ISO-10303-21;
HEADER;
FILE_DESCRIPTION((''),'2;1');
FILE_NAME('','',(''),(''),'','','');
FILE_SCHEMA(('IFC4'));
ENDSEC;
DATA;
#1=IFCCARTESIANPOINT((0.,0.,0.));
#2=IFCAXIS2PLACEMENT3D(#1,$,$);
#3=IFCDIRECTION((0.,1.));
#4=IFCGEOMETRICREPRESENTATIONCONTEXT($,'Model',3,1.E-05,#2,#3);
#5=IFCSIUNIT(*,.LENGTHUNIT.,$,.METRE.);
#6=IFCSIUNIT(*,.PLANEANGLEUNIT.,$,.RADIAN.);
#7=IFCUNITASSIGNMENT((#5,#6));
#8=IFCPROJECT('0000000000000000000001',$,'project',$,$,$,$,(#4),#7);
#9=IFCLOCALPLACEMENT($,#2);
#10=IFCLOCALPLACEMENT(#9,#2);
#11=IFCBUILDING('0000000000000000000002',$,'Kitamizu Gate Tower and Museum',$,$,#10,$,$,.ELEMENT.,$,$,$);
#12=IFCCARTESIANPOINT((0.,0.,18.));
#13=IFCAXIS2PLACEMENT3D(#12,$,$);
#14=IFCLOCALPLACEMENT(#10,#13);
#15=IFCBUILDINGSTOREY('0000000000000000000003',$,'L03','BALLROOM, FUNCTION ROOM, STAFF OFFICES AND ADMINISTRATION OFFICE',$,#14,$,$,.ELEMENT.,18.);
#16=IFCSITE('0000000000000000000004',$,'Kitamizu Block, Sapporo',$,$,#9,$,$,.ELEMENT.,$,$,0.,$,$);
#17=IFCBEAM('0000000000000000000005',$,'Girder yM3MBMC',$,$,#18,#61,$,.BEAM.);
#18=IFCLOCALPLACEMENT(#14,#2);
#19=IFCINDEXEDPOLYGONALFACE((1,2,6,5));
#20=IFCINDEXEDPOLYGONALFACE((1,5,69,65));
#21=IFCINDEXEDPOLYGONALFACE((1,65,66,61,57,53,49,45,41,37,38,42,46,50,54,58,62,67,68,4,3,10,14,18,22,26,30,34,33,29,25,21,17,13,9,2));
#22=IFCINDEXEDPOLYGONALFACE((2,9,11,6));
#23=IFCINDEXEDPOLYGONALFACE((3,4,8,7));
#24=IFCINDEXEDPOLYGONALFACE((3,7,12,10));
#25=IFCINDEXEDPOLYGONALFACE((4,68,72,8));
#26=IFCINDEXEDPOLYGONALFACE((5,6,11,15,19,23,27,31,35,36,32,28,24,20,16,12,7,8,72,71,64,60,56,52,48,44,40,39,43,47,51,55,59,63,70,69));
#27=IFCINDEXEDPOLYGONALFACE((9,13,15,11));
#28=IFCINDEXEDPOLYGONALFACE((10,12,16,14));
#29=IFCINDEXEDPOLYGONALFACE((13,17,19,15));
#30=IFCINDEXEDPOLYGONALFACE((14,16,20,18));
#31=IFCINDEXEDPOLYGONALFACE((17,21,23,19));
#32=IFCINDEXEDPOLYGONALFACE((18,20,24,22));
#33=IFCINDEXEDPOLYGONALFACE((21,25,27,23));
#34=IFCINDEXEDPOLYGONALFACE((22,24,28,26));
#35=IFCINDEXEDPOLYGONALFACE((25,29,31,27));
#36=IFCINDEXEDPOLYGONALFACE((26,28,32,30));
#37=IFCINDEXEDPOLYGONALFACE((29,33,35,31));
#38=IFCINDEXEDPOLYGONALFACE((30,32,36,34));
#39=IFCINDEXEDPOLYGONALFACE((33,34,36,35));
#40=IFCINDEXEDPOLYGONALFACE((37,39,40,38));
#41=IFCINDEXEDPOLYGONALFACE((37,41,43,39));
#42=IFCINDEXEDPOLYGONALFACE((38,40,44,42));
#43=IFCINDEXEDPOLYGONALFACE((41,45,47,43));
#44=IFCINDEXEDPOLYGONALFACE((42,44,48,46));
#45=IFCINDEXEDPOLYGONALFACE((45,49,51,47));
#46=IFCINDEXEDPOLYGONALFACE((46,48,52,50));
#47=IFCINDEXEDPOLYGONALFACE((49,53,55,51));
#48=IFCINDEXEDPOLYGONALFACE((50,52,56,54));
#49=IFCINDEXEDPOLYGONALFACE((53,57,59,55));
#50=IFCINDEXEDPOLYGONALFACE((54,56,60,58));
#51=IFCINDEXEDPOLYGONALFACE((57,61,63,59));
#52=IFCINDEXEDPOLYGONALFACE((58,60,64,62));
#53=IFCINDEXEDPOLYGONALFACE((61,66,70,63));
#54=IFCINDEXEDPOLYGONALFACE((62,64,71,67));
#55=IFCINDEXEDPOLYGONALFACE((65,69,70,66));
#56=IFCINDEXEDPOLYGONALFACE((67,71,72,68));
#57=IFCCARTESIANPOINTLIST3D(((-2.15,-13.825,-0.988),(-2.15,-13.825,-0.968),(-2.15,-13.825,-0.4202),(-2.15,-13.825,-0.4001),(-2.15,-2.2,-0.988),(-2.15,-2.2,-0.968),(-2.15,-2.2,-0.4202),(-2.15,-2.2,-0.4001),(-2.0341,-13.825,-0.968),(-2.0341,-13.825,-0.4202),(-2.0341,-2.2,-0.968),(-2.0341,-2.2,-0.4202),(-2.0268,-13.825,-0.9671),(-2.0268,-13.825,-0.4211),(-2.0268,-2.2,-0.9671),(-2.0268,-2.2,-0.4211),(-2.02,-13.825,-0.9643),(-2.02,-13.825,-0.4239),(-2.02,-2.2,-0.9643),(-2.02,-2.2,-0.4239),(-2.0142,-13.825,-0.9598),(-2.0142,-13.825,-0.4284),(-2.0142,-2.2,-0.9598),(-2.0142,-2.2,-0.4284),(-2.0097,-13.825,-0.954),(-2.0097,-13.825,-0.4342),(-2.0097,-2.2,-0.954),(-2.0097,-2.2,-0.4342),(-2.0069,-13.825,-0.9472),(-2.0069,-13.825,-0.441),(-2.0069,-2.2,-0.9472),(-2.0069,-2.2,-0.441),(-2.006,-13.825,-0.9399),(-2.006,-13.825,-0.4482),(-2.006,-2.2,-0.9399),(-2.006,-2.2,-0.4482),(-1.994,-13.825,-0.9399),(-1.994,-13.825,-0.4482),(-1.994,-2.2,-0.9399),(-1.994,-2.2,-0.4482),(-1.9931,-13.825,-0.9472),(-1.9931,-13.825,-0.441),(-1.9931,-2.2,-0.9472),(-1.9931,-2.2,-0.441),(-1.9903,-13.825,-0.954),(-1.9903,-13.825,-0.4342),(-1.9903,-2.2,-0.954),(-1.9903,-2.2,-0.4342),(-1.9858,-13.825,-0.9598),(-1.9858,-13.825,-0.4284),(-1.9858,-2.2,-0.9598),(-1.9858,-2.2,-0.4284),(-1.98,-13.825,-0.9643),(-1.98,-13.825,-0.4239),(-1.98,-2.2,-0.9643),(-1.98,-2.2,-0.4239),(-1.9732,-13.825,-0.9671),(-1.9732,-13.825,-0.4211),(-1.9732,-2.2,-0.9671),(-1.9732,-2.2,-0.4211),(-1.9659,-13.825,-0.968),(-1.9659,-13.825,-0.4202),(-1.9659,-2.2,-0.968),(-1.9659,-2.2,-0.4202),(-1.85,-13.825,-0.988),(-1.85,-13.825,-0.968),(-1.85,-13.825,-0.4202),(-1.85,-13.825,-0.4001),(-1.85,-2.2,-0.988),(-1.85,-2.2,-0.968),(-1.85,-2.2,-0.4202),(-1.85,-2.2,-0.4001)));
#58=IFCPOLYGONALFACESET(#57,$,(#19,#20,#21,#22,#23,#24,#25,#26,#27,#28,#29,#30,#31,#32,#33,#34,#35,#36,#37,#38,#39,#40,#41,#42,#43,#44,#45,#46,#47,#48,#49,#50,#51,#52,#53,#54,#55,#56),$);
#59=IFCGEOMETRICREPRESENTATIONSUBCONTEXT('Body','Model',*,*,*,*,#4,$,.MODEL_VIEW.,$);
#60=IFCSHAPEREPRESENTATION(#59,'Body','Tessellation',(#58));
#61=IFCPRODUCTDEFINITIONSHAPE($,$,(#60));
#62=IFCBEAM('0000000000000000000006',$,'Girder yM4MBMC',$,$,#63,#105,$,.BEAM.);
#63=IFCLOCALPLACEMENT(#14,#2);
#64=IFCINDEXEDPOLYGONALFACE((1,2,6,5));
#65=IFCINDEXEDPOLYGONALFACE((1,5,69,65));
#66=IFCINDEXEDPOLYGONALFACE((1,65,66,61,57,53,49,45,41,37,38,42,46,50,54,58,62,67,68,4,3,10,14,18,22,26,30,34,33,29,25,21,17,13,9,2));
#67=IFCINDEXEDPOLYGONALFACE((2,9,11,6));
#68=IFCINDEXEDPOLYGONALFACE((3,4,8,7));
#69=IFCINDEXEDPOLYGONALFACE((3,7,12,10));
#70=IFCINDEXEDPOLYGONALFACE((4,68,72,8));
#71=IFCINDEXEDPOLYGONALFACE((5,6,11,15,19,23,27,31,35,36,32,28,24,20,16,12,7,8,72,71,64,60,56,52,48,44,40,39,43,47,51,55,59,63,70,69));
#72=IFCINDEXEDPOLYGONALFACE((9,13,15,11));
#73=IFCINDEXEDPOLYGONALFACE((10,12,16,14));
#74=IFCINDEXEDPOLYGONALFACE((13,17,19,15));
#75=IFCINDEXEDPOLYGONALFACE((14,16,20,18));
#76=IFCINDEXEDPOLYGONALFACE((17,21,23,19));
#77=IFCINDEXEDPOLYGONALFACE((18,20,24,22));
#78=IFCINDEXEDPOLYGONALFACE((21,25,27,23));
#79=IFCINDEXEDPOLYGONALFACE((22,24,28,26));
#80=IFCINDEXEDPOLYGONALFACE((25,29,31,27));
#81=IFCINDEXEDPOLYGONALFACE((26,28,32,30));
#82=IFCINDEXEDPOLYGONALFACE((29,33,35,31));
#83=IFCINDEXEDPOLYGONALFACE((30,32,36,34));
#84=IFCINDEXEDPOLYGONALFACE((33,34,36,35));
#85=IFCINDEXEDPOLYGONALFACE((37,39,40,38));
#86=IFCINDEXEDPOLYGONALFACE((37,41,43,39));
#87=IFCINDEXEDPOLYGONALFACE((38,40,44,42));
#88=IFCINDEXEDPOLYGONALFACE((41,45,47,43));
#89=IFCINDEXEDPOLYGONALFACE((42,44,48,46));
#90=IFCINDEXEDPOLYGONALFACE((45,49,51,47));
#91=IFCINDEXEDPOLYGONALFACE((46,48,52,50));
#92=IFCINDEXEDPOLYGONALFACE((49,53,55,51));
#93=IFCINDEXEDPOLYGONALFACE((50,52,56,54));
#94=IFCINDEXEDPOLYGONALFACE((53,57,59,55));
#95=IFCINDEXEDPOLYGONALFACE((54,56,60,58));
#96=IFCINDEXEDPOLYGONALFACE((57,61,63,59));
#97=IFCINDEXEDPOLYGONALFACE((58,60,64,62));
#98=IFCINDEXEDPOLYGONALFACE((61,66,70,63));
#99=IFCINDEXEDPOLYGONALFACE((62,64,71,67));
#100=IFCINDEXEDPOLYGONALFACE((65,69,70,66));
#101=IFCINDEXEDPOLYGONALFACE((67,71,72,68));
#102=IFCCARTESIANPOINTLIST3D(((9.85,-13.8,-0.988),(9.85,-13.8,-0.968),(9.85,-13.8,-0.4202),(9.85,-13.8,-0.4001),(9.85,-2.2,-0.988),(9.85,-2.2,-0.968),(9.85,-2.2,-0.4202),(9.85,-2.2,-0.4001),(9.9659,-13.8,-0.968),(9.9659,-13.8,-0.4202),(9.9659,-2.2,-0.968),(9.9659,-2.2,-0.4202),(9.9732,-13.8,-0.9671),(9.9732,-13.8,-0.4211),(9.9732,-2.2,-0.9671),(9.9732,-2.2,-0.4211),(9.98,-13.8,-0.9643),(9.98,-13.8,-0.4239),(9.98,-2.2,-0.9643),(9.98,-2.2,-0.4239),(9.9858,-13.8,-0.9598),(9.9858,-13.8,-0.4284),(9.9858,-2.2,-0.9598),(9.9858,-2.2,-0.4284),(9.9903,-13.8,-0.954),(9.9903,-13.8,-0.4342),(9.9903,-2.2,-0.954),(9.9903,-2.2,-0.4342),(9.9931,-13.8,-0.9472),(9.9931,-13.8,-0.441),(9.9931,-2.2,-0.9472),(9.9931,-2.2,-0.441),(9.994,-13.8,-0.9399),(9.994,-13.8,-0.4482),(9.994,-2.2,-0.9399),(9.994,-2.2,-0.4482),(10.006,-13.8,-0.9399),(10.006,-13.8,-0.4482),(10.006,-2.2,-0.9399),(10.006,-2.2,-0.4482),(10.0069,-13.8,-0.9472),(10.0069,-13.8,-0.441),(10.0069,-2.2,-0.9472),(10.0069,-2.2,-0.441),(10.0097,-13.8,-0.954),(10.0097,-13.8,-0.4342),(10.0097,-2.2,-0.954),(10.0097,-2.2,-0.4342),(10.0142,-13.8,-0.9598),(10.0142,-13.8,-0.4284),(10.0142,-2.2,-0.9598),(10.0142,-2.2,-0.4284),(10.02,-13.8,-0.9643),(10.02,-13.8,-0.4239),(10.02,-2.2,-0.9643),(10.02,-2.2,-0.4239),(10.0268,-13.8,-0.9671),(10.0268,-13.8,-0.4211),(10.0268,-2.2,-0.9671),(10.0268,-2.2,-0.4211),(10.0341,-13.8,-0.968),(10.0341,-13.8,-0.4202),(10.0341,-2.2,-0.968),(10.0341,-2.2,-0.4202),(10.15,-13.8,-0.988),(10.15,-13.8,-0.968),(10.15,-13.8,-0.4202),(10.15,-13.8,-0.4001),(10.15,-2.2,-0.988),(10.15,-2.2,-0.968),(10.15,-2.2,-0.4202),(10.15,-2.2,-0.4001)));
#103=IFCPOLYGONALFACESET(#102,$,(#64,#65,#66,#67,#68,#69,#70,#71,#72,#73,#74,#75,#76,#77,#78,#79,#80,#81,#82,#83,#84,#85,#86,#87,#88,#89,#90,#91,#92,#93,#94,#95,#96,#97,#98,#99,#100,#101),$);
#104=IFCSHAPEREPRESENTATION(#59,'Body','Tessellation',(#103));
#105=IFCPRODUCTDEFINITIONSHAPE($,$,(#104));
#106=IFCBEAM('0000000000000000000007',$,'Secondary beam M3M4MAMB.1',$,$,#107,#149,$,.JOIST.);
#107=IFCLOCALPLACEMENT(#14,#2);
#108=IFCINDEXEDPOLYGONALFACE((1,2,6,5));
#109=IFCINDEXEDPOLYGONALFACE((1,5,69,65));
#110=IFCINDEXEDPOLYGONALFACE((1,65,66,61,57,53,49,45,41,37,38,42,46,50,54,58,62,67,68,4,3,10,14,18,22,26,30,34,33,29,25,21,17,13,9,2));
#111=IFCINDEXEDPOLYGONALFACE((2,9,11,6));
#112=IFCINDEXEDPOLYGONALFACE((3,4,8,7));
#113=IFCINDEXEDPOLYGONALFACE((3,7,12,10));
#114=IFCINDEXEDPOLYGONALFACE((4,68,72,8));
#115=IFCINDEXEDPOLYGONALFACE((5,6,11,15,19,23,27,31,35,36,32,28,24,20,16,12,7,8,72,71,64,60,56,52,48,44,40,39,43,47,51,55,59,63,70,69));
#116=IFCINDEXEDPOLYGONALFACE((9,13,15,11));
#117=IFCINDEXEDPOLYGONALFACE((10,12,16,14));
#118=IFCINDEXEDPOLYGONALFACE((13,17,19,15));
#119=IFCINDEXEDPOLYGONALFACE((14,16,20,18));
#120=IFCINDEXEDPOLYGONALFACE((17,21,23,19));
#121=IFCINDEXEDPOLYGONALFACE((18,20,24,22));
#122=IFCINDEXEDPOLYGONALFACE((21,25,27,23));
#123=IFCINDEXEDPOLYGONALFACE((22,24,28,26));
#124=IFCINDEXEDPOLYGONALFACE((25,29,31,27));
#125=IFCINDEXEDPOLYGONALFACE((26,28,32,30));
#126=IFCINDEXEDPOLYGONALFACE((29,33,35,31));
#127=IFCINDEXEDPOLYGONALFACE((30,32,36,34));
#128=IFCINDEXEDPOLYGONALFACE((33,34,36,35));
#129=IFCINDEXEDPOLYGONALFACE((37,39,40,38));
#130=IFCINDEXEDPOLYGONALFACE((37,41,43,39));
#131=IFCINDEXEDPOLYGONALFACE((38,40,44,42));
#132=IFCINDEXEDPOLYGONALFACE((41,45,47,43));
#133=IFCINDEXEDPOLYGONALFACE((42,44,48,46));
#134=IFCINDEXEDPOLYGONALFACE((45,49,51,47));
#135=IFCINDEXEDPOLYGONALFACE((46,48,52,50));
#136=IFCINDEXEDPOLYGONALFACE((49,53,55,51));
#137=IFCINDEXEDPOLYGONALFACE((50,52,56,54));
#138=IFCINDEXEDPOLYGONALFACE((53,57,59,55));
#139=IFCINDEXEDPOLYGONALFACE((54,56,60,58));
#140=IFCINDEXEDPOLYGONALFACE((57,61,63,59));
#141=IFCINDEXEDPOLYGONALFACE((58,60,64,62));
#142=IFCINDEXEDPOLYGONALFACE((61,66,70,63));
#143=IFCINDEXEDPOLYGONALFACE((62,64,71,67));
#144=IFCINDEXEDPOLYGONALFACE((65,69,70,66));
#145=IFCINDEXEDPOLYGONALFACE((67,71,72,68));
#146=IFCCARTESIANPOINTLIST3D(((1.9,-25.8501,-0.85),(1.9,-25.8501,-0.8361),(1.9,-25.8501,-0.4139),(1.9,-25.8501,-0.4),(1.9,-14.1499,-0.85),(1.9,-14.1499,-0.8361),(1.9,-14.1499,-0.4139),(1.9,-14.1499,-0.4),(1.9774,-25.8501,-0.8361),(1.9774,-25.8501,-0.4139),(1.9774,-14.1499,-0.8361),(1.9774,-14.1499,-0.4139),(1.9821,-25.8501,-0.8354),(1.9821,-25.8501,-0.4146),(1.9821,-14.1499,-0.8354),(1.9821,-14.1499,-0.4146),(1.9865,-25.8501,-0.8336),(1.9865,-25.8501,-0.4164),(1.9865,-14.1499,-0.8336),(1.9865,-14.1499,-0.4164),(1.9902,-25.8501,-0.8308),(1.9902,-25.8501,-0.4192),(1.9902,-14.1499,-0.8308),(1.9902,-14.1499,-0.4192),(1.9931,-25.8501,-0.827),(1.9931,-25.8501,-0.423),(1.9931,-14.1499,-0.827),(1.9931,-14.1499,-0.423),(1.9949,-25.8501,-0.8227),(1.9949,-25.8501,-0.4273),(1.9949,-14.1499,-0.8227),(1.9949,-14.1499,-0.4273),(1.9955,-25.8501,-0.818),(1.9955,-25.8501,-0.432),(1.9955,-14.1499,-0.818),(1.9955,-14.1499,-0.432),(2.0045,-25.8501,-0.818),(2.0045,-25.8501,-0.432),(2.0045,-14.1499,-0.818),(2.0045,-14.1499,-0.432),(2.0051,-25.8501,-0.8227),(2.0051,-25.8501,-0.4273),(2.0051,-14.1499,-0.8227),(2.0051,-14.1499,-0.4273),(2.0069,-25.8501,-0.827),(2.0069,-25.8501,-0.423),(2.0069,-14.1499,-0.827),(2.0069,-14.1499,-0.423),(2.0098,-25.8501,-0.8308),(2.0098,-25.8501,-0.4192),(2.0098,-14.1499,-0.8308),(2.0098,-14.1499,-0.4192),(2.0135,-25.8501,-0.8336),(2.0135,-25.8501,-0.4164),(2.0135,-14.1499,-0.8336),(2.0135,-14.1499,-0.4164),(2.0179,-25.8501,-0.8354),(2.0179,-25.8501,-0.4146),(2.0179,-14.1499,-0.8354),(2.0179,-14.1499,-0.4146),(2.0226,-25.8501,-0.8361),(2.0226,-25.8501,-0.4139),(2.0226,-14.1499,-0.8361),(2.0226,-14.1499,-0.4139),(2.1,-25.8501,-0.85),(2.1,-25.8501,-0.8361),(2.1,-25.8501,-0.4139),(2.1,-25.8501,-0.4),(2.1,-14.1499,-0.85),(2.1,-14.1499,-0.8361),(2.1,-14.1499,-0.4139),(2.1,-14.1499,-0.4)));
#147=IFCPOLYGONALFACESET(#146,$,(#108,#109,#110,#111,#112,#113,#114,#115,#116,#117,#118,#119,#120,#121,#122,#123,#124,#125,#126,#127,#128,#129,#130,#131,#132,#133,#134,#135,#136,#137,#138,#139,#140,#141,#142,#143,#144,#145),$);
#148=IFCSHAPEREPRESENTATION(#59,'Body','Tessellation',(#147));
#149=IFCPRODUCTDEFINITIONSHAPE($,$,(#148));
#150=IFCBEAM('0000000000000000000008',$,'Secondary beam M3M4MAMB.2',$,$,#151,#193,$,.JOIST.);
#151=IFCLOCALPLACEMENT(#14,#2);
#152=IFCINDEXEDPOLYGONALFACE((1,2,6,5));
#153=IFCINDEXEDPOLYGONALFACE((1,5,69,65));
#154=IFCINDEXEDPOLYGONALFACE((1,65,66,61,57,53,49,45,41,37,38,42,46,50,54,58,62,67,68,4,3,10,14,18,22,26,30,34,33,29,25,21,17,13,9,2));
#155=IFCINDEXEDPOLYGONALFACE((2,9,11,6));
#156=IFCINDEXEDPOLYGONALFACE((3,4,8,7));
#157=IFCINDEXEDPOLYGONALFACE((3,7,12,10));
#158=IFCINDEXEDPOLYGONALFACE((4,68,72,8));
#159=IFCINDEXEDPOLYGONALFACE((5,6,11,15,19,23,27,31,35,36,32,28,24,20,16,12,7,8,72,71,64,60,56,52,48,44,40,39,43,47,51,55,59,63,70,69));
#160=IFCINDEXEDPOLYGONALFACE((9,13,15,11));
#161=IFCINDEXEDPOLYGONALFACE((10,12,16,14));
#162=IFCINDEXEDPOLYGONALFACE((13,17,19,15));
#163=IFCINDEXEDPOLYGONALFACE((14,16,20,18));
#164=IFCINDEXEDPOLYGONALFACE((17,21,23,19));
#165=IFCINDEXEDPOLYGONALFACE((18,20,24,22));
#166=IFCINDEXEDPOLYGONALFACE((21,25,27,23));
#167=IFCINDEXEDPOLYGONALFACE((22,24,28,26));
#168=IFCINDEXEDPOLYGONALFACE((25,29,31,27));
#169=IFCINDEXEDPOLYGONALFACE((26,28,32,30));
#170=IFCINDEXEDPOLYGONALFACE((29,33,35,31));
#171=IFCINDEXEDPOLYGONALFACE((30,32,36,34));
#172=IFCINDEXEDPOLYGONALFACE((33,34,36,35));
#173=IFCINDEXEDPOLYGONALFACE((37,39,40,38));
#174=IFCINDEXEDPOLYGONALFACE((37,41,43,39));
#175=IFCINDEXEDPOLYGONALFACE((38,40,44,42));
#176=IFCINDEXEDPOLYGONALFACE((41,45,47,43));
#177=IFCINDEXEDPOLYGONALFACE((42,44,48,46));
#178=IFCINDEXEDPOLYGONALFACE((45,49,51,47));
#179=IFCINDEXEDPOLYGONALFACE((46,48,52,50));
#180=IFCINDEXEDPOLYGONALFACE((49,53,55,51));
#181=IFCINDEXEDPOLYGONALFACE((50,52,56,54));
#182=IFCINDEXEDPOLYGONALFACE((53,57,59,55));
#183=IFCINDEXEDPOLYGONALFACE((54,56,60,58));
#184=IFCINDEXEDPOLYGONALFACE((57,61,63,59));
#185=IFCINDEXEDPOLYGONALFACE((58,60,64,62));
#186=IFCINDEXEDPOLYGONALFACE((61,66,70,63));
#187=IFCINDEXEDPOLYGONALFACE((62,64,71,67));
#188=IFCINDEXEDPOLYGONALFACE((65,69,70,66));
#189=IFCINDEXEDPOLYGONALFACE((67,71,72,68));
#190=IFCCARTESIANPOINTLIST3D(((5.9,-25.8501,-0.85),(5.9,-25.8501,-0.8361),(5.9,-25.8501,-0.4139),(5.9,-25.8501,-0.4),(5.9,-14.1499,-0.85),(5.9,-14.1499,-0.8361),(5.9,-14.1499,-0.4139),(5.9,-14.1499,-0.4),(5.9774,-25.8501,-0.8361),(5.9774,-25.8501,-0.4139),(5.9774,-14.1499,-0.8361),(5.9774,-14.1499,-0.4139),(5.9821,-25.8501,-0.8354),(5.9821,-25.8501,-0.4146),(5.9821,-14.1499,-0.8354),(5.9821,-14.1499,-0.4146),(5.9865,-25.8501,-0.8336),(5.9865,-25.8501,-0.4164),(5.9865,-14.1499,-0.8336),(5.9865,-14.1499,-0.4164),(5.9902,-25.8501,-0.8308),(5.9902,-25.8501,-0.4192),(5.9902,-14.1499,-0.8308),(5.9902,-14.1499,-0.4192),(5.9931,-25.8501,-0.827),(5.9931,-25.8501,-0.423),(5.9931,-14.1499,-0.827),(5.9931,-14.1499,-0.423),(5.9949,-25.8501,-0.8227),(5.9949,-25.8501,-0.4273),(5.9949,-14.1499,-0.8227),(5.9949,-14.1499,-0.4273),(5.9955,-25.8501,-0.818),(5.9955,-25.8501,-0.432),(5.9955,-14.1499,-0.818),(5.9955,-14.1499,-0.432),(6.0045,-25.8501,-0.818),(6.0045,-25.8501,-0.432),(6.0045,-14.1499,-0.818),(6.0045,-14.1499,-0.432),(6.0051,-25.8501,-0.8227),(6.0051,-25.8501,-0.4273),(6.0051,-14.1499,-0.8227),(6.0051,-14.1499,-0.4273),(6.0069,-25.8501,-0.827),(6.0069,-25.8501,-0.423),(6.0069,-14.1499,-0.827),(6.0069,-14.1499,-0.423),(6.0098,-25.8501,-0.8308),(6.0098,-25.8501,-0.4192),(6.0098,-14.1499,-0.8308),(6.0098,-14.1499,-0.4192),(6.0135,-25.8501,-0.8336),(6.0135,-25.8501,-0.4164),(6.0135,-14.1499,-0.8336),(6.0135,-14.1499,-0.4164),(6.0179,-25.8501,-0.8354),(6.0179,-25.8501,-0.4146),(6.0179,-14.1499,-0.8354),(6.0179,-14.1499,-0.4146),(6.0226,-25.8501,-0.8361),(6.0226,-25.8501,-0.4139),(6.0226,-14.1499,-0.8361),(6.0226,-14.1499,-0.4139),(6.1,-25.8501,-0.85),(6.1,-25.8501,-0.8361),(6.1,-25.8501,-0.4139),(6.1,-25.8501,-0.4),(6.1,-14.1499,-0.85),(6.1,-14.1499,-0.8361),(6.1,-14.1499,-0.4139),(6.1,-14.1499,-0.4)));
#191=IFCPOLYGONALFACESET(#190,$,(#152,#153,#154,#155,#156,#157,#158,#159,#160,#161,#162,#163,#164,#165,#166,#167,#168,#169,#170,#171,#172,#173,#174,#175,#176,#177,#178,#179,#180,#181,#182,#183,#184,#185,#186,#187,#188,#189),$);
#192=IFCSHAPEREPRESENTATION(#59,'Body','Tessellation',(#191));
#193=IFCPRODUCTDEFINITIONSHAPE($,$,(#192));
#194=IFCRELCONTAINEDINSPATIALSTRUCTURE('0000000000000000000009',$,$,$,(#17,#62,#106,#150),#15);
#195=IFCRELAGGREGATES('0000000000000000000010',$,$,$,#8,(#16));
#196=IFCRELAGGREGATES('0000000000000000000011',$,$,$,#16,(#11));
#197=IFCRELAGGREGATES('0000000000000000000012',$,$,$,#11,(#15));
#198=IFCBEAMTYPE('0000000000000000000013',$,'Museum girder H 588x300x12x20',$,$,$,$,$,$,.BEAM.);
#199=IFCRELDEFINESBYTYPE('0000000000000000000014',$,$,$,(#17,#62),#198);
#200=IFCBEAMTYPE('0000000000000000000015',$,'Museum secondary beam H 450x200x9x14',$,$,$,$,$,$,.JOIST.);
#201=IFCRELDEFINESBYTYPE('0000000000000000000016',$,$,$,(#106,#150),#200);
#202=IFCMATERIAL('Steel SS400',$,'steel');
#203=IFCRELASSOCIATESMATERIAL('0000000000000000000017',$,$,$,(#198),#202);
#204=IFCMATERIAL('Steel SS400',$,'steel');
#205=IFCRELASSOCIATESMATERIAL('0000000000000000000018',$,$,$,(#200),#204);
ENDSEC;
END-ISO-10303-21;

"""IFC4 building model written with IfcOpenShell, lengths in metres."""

from ifc_helpers import new_model, si_unit, direction, frame, origin, origin_2d, place, context, subcontext, project, spatial, i_section, extrude, material, material_profile, profile_set, type_object, element, save


model = new_model("IFC4")

# Units and contexts
model_context = context("Model", 3, precision=1e-05, world=origin(), true_north=direction((0.0, 1.0)))
body_context = subcontext(model_context, "Body", "Model", "MODEL_VIEW")
ifc_project = project(units=[si_unit("LENGTHUNIT", "METRE"), si_unit("PLANEANGLEUNIT", "RADIAN")], contexts=[model_context])

# Site, building, storey
site_placement = place(None, origin())
site = spatial("IfcSite", under=ifc_project, at=site_placement, Name="Kitamizu Block, Sapporo", CompositionType="ELEMENT", RefElevation=0.0)
building_placement = place(site_placement, origin())
building = spatial("IfcBuilding", under=site, at=building_placement, Name="Kitamizu Gate Tower and Museum", CompositionType="ELEMENT")
storey_placement = place(building_placement, frame((0.0, 0.0, 18.0)))
storey = spatial("IfcBuildingStorey", under=building, at=storey_placement, Name="L03", Description="BALLROOM, FUNCTION ROOM, STAFF OFFICES AND ADMINISTRATION OFFICE", CompositionType="ELEMENT", Elevation=18.0)

# Beams
ifc_material_1 = material(Name="Steel SS400", Category="steel")
ifc_material_profile_1 = material_profile(ifc_material_1, i_section(OverallWidth=0.3, OverallDepth=0.5879, WebThickness=0.012, FlangeThickness=0.02, FilletRadius=0.0281, at=origin_2d()), Name="H-588x300x12x20")
ifc_profile_set_1 = profile_set([ifc_material_profile_1], Name="Steel SS400")
beam_type_1 = type_object("IfcBeamType", Name="Museum girder H 588x300x12x20", PredefinedType="BEAM", material=ifc_profile_set_1)
beam_1_placement = place(storey_placement, frame((-2.0, -13.825, -0.6941), z_axis=(0.0, 1.0, 0.0), x_axis=(-1.0, 0.0, 0.0)))
element("IfcBeam", 1, at=beam_1_placement, inside=storey, type_object=beam_type_1, Name="Girder yM3MBMC", PredefinedType="BEAM", context=body_context, shape_type="SweptSolid", body=[
    extrude(i_section(OverallWidth=0.3, OverallDepth=0.5879, WebThickness=0.012, FlangeThickness=0.02, FilletRadius=0.0281, at=origin_2d()), origin(), (0.0, 0.0, 1.0), 11.625),
])
beam_2_placement = place(storey_placement, frame((10.0, -13.8, -0.6941), z_axis=(0.0, 1.0, 0.0), x_axis=(-1.0, 0.0, 0.0)))
element("IfcBeam", 2, at=beam_2_placement, inside=storey, type_object=beam_type_1, Name="Girder yM4MBMC", PredefinedType="BEAM", context=body_context, shape_type="SweptSolid", body=[
    extrude(i_section(OverallWidth=0.3, OverallDepth=0.5879, WebThickness=0.012, FlangeThickness=0.02, FilletRadius=0.0281, at=origin_2d()), origin(), (0.0, 0.0, 1.0), 11.6001),
])
ifc_material_2 = material(Name="Steel SS400", Category="steel")
ifc_material_profile_2 = material_profile(ifc_material_2, i_section(OverallWidth=0.2, OverallDepth=0.45, WebThickness=0.009, FlangeThickness=0.0139, FilletRadius=0.0181, at=origin_2d()), Name="H-450x200x9x14")
ifc_profile_set_2 = profile_set([ifc_material_profile_2], Name="Steel SS400")
beam_type_2 = type_object("IfcBeamType", Name="Museum secondary beam H 450x200x9x14", PredefinedType="JOIST", material=ifc_profile_set_2)
for number, where, z_axis, x_axis, name in (
    (3, (2.0, -25.8501, -0.625), (0.0, 1.0, 0.0), (-1.0, 0.0, 0.0), "Secondary beam M3M4MAMB.1"),
    (4, (6.0, -25.8501, -0.625), (0.0, 1.0, 0.0), (-1.0, 0.0, 0.0), "Secondary beam M3M4MAMB.2"),
):
    element("IfcBeam", number, at=place(storey_placement, frame(where, z_axis=z_axis, x_axis=x_axis)), inside=storey, type_object=beam_type_2, Name=name, PredefinedType="JOIST", context=body_context, shape_type="SweptSolid", body=[
        extrude(i_section(OverallWidth=0.2, OverallDepth=0.45, WebThickness=0.009, FlangeThickness=0.0139, FilletRadius=0.0181, at=origin_2d()), origin(), (0.0, 0.0, 1.0), 11.7002),
    ])

save(model, "model.ifc")
